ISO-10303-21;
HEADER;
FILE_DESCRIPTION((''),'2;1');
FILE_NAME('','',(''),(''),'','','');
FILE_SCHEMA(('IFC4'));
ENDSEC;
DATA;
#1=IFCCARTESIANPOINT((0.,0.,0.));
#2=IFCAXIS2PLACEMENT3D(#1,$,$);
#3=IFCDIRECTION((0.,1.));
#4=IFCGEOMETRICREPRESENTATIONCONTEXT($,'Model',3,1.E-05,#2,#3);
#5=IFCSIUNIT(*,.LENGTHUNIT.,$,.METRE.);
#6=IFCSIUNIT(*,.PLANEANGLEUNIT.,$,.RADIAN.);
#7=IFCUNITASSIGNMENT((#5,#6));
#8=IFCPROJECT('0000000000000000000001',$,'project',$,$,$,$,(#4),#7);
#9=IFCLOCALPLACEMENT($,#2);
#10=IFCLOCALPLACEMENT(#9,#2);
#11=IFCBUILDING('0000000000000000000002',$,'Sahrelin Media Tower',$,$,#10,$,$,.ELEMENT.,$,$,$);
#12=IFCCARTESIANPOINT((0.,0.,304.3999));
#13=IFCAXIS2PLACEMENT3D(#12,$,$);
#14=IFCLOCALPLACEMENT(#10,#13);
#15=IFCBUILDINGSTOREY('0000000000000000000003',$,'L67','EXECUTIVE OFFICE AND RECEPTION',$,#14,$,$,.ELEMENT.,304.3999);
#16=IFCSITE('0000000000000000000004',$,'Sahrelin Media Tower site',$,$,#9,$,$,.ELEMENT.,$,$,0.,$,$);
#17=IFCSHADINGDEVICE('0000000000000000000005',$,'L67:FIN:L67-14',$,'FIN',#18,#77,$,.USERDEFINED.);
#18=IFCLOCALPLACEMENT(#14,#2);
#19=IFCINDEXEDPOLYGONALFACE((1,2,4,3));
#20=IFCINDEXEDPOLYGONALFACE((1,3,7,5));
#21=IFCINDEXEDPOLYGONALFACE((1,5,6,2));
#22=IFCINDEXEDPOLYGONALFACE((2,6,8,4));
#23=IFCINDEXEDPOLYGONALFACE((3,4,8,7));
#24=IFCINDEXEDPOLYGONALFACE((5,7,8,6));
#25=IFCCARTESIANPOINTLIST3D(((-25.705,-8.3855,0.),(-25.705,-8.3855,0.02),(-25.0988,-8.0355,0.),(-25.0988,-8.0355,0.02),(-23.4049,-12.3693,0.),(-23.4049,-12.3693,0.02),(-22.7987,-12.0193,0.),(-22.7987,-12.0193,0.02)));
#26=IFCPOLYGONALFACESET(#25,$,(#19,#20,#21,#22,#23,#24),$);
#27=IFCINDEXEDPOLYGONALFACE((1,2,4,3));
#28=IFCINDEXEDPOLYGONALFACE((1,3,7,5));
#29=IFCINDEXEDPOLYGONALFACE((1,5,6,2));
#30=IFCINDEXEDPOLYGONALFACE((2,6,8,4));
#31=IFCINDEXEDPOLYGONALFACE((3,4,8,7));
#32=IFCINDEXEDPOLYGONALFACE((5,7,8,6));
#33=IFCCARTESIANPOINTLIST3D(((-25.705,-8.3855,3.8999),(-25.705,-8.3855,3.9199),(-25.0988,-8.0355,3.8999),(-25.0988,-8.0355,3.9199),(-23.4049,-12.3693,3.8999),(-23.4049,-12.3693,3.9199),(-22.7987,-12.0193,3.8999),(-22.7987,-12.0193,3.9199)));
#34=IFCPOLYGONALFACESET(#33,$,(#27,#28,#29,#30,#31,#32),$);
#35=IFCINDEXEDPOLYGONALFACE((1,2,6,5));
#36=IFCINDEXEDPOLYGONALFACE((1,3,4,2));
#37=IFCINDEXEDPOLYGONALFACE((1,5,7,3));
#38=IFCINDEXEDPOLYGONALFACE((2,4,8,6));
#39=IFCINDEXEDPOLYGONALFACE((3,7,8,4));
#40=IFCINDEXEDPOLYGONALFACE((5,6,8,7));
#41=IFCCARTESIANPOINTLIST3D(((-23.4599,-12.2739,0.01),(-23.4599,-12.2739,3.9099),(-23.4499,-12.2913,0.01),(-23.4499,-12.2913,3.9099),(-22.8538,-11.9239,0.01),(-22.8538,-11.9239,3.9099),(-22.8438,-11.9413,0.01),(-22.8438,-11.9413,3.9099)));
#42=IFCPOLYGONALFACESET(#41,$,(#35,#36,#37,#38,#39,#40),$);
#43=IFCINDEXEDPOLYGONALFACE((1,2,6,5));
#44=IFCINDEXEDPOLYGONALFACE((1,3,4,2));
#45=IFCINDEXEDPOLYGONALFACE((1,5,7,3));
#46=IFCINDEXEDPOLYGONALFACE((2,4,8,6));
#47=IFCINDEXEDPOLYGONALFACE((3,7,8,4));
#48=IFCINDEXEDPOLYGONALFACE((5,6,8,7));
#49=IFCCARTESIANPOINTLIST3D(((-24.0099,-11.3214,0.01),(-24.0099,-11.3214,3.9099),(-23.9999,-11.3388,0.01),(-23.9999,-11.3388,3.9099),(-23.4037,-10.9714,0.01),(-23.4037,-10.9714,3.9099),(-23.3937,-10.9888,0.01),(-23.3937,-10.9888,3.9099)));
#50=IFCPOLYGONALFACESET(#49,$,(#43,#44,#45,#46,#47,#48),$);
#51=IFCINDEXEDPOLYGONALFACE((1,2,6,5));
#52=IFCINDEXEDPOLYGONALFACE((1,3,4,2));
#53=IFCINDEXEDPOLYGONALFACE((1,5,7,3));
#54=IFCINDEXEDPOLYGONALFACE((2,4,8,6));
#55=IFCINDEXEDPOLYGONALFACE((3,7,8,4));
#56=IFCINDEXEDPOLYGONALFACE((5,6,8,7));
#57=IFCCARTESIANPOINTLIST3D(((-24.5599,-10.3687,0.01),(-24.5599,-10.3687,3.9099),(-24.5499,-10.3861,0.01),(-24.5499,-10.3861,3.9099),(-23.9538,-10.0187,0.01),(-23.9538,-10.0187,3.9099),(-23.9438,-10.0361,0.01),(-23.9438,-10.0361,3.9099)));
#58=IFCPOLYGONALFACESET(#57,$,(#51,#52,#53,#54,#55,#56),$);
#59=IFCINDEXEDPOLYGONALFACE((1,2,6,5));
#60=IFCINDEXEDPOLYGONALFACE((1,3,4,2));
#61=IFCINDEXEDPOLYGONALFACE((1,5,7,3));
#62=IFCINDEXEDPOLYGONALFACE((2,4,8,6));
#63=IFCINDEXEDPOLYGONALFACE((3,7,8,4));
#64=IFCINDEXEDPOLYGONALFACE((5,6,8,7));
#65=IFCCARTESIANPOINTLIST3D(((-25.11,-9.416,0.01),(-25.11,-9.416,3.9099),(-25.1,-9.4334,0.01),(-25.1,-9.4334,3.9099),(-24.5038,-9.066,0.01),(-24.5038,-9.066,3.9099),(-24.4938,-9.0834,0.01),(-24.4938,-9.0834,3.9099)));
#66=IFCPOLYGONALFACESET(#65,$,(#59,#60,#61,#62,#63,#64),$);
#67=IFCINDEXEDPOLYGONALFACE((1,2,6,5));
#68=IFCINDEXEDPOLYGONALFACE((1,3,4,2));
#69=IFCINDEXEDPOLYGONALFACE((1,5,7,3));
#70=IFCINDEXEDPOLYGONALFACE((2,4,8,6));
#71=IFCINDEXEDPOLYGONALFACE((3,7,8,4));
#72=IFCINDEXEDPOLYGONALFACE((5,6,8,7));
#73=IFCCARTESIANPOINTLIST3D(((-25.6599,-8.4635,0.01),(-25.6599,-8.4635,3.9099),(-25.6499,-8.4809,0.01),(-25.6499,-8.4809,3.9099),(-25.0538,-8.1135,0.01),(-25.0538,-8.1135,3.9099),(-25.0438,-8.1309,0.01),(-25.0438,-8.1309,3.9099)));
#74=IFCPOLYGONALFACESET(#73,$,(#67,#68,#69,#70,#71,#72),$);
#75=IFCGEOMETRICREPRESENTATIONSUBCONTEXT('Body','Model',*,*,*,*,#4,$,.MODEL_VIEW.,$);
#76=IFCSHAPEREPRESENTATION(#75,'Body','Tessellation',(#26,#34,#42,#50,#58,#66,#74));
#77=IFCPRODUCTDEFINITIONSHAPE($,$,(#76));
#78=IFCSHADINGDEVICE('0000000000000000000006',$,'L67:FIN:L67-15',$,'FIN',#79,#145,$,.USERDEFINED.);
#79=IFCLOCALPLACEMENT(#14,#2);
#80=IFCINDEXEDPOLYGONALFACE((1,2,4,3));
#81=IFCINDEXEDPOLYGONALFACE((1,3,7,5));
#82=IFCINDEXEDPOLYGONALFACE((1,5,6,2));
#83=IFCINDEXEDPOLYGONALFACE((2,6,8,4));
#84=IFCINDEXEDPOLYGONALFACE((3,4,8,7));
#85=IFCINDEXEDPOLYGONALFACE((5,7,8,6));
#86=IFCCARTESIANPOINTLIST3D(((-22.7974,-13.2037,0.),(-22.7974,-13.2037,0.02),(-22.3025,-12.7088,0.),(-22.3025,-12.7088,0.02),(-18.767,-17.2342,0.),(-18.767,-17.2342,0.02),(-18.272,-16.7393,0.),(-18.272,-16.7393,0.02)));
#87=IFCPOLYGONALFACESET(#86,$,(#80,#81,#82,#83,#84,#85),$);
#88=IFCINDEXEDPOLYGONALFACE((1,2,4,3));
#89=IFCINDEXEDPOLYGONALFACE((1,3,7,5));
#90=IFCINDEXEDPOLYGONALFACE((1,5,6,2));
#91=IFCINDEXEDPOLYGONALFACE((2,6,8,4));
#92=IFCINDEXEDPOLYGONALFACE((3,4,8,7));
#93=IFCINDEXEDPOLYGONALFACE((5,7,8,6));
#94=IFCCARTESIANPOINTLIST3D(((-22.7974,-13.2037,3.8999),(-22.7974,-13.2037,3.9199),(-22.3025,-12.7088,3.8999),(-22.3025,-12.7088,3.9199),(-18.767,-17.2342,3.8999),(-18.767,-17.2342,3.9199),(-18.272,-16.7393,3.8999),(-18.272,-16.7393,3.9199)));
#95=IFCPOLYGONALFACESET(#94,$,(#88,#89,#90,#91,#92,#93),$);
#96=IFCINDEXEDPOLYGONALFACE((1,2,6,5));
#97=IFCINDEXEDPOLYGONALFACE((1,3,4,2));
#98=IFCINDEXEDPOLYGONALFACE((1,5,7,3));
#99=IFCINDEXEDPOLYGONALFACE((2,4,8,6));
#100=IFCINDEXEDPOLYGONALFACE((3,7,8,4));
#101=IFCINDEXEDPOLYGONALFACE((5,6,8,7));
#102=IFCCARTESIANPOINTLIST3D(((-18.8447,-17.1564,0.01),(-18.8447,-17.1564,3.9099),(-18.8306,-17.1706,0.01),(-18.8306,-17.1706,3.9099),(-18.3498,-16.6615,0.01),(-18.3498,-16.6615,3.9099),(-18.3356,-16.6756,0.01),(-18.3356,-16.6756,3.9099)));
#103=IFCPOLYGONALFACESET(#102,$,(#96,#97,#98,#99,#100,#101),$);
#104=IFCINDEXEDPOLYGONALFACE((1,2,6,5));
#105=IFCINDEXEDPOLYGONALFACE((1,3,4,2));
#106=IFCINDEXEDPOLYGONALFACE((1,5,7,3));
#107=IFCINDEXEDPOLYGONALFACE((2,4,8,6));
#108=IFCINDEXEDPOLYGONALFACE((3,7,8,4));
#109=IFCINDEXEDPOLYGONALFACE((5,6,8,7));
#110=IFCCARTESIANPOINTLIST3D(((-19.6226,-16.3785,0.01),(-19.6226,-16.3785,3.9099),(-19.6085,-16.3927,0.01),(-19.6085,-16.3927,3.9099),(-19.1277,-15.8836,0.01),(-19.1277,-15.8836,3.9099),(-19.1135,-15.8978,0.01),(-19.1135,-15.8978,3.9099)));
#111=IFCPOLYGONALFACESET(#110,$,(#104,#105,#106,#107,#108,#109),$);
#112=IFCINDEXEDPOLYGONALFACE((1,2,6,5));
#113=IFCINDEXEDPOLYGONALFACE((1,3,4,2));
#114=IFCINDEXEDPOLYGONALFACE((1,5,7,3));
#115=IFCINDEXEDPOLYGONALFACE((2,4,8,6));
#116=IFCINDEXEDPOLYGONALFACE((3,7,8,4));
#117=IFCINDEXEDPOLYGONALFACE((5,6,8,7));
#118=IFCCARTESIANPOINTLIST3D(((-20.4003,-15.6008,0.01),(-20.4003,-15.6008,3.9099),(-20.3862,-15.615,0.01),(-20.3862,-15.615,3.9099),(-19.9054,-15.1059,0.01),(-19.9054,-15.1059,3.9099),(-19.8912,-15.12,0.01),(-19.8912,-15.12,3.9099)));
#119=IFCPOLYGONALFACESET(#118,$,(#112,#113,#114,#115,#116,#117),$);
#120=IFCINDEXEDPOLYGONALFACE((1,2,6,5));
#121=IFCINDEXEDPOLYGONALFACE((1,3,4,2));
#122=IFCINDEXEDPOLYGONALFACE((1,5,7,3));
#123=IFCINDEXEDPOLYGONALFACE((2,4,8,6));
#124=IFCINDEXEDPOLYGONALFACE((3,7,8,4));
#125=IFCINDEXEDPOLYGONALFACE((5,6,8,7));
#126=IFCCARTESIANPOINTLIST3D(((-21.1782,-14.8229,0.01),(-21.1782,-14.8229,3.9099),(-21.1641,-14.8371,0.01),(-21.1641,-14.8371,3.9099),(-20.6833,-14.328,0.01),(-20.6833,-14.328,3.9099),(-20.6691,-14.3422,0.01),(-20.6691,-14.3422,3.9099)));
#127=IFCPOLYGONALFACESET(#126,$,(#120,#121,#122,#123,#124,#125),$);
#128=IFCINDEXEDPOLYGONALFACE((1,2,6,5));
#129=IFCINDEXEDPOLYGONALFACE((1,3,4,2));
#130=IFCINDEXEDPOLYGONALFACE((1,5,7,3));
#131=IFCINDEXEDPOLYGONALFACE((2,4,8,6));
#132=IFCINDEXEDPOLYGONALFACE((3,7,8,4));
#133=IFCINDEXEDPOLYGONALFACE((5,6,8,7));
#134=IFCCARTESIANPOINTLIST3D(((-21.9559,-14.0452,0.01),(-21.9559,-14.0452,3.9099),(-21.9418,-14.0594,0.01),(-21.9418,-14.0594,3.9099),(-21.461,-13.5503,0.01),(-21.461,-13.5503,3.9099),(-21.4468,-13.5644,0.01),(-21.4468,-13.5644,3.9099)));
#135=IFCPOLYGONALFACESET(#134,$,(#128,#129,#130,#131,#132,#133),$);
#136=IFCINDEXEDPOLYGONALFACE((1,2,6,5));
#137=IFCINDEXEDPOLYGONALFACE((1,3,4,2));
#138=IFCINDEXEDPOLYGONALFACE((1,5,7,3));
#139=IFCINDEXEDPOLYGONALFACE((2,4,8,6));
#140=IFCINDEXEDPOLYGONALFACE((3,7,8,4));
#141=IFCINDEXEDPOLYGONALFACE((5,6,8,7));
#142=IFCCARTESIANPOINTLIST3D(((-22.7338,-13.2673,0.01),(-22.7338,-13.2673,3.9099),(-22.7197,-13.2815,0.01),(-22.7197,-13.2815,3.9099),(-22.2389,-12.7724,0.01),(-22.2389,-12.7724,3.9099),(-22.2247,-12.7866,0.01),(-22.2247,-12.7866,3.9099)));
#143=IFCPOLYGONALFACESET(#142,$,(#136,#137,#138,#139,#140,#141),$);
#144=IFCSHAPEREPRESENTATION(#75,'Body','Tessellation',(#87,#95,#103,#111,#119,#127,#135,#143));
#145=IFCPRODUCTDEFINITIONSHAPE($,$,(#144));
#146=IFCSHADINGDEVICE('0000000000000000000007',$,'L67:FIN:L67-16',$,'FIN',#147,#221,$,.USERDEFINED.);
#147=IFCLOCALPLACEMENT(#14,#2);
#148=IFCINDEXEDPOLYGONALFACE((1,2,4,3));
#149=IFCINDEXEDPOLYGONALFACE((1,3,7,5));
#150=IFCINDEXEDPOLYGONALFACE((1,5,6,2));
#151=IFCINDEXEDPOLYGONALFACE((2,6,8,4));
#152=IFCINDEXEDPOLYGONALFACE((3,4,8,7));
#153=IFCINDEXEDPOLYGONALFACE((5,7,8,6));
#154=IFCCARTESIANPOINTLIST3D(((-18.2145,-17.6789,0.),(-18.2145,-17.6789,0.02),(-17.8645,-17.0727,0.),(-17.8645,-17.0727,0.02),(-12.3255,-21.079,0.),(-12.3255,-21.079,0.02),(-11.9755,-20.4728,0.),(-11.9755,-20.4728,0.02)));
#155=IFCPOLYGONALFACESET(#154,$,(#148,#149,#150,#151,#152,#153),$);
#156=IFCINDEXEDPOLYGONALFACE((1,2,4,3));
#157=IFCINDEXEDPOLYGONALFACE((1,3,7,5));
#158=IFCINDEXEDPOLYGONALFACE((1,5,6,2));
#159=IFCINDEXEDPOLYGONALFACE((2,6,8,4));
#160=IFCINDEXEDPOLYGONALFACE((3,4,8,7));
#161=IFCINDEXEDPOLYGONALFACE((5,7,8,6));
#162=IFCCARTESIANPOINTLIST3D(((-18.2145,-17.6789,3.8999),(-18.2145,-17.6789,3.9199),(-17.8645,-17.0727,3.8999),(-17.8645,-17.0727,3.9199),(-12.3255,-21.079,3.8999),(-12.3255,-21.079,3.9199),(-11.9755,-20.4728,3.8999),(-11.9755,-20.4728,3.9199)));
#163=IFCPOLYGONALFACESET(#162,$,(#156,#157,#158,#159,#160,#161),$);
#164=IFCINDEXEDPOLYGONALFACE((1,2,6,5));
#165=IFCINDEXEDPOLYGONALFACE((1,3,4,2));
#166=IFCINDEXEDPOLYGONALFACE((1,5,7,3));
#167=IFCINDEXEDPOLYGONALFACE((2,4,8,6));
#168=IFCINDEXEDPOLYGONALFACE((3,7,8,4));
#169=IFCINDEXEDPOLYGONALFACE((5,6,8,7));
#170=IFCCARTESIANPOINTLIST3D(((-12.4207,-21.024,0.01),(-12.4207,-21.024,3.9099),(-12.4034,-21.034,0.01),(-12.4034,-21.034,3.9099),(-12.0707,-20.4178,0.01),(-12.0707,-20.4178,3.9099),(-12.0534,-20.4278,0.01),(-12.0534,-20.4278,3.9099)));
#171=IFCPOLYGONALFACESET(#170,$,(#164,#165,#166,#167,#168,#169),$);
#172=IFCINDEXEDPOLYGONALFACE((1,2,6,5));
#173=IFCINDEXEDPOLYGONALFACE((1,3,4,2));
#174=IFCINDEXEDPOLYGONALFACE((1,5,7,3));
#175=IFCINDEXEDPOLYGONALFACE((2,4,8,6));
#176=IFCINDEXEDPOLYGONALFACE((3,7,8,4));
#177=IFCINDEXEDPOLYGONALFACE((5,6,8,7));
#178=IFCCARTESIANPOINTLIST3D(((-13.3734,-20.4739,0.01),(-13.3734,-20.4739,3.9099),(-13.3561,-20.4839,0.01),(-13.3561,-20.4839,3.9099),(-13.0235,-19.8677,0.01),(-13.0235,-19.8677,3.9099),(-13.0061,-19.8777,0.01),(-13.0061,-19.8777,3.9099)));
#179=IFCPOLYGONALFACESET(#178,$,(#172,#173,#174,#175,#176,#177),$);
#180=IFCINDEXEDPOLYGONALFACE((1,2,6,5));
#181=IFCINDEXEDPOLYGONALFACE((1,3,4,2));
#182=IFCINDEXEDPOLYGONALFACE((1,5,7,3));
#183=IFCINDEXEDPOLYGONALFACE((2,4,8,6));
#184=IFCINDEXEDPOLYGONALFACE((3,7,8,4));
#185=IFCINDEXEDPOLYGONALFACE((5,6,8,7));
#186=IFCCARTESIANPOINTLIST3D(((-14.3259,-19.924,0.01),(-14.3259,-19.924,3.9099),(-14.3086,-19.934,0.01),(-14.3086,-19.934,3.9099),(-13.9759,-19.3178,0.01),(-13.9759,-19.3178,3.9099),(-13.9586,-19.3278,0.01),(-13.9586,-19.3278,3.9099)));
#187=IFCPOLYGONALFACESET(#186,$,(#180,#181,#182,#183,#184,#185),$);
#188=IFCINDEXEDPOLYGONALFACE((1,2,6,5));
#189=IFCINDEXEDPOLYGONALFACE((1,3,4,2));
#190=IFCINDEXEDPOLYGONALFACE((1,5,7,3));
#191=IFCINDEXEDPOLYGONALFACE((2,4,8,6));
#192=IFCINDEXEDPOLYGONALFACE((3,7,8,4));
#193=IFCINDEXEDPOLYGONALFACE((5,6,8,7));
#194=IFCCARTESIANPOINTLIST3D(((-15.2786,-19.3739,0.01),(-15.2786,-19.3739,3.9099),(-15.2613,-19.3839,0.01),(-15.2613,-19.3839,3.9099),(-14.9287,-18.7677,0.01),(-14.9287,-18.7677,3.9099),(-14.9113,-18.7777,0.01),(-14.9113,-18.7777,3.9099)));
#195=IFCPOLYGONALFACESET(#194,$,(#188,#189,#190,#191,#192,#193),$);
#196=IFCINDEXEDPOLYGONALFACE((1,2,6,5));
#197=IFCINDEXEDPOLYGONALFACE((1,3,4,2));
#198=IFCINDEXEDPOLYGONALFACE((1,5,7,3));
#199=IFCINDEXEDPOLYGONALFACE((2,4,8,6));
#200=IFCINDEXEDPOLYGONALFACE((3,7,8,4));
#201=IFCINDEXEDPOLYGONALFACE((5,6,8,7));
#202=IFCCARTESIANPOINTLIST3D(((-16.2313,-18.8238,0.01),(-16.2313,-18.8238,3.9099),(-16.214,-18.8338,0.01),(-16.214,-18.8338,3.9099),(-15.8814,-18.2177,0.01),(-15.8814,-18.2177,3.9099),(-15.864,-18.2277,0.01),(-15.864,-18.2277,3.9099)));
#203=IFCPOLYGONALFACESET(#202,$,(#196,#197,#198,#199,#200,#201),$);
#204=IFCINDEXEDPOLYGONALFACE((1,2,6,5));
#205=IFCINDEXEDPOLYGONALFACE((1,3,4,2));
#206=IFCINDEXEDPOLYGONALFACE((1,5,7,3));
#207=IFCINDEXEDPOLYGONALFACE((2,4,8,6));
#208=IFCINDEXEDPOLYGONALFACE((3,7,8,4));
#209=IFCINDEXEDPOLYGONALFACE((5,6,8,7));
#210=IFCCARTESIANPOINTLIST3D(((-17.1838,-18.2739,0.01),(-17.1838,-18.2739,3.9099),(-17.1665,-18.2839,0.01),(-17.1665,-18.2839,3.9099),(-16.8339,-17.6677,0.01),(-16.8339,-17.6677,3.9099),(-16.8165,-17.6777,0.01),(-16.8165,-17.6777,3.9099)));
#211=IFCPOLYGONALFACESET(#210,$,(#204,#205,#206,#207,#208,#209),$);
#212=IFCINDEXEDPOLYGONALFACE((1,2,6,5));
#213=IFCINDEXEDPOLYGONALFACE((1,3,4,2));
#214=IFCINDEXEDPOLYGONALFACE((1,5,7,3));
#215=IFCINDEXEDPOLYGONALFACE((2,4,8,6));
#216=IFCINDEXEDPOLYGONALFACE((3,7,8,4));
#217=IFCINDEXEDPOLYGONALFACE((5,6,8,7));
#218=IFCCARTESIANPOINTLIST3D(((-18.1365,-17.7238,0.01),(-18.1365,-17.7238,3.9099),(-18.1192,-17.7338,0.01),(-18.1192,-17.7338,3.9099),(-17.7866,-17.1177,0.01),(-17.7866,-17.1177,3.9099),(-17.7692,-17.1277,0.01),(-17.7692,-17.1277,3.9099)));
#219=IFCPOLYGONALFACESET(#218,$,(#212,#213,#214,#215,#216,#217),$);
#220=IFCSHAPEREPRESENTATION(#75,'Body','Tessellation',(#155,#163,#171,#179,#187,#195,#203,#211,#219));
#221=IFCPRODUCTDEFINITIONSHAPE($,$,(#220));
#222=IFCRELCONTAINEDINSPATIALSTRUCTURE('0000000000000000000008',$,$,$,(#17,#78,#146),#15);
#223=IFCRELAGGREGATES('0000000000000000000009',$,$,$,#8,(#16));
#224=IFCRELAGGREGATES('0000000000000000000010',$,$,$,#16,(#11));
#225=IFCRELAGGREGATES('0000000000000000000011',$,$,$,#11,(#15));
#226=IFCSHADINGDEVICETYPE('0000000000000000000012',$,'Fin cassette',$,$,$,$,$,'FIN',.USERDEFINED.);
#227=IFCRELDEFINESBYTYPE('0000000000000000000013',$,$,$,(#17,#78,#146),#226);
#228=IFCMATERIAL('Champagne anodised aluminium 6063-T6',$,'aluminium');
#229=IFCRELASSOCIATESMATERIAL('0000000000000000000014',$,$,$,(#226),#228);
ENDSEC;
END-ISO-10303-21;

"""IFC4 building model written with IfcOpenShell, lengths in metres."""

from ifc_helpers import new_model, si_unit, direction, frame, origin, origin_2d, place, context, subcontext, project, spatial, rectangle, extrude, material, type_object, element, save


model = new_model("IFC4")

# Units and contexts
model_context = context("Model", 3, precision=1e-05, world=origin(), true_north=direction((0.0, 1.0)))
body_context = subcontext(model_context, "Body", "Model", "MODEL_VIEW")
ifc_project = project(units=[si_unit("LENGTHUNIT", "METRE"), si_unit("PLANEANGLEUNIT", "RADIAN")], contexts=[model_context])

# Site, building, storey
site_placement = place(None, origin())
site = spatial("IfcSite", under=ifc_project, at=site_placement, Name="Sahrelin Media Tower site", CompositionType="ELEMENT", RefElevation=0.0)
building_placement = place(site_placement, origin())
building = spatial("IfcBuilding", under=site, at=building_placement, Name="Sahrelin Media Tower", CompositionType="ELEMENT")
storey_placement = place(building_placement, frame((0.0, 0.0, 304.3999)))
storey = spatial("IfcBuildingStorey", under=building, at=storey_placement, Name="L67", Description="EXECUTIVE OFFICE AND RECEPTION", CompositionType="ELEMENT", Elevation=304.3999)

# Shared definitions
ifc_material_1 = material(Name="Champagne anodised aluminium 6063-T6", Category="aluminium")

# Shading devices
shading_device_type_1 = type_object("IfcShadingDeviceType", Name="Fin cassette", ElementType="FIN", PredefinedType="USERDEFINED", material=ifc_material_1)
placement_1 = place(storey_placement, frame((-23.8882, -9.9924, 0.0), z_axis=(0.0, 0.0, 1.0), x_axis=(-0.500011, 0.866019, 0.0)))
element("IfcShadingDevice", 1, at=placement_1, inside=storey, type_object=shading_device_type_1, Name="L67:FIN:L67-14", ObjectType="FIN", PredefinedType="USERDEFINED", context=body_context, shape_type="SweptSolid", body=[
    extrude(rectangle(XDim=4.6001, YDim=0.7, at=origin_2d()), frame((0.0, 0.4199, 0.0)), (0.0, 0.0, 1.0), 0.02),
    extrude(rectangle(XDim=4.6001, YDim=0.7, at=origin_2d()), frame((0.0, 0.4199, 3.8999)), (0.0, 0.0, 1.0), 0.02),
    extrude(rectangle(XDim=0.02, YDim=0.7, at=origin_2d()), frame((-2.2, 0.4199, 0.01), z_axis=(0.0, 0.0, 1.0), x_axis=(1.0, 0.0, 0.0)), (0.0, 0.0, 1.0), 3.8999),
    extrude(rectangle(XDim=0.02, YDim=0.7, at=origin_2d()), frame((-1.1001, 0.4199, 0.01), z_axis=(0.0, 0.0, 1.0), x_axis=(1.0, 0.0, 0.0)), (0.0, 0.0, 1.0), 3.8999),
    extrude(rectangle(XDim=0.02, YDim=0.7, at=origin_2d()), frame((0.0, 0.4199, 0.01), z_axis=(0.0, 0.0, 1.0), x_axis=(1.0, 0.0, 0.0)), (0.0, 0.0, 1.0), 3.8999),
    extrude(rectangle(XDim=0.02, YDim=0.7, at=origin_2d()), frame((1.1001, 0.4199, 0.01), z_axis=(0.0, 0.0, 1.0), x_axis=(1.0, 0.0, 0.0)), (0.0, 0.0, 1.0), 3.8999),
    extrude(rectangle(XDim=0.02, YDim=0.7, at=origin_2d()), frame((2.2, 0.4199, 0.01), z_axis=(0.0, 0.0, 1.0), x_axis=(1.0, 0.0, 0.0)), (0.0, 0.0, 1.0), 3.8999),
])
placement_2 = place(storey_placement, frame((-20.2378, -14.6746, 0.0), z_axis=(0.0, 0.0, 1.0), x_axis=(-0.707107, 0.707107, 0.0)))
element("IfcShadingDevice", 2, at=placement_2, inside=storey, type_object=shading_device_type_1, Name="L67:FIN:L67-15", ObjectType="FIN", PredefinedType="USERDEFINED", context=body_context, shape_type="SweptSolid", body=[
    extrude(rectangle(XDim=5.7, YDim=0.7, at=origin_2d()), frame((0.0, 0.4199, 0.0)), (0.0, 0.0, 1.0), 0.02),
    extrude(rectangle(XDim=5.7, YDim=0.7, at=origin_2d()), frame((0.0, 0.4199, 3.8999)), (0.0, 0.0, 1.0), 0.02),
    extrude(rectangle(XDim=0.02, YDim=0.7, at=origin_2d()), frame((-2.75, 0.4199, 0.01), z_axis=(0.0, 0.0, 1.0), x_axis=(1.0, 0.0, 0.0)), (0.0, 0.0, 1.0), 3.8999),
    extrude(rectangle(XDim=0.02, YDim=0.7, at=origin_2d()), frame((-1.6499, 0.4199, 0.01), z_axis=(0.0, 0.0, 1.0), x_axis=(1.0, 0.0, 0.0)), (0.0, 0.0, 1.0), 3.8999),
    extrude(rectangle(XDim=0.02, YDim=0.7, at=origin_2d()), frame((-0.55, 0.4199, 0.01), z_axis=(0.0, 0.0, 1.0), x_axis=(1.0, 0.0, 0.0)), (0.0, 0.0, 1.0), 3.8999),
    extrude(rectangle(XDim=0.02, YDim=0.7, at=origin_2d()), frame((0.55, 0.4199, 0.01), z_axis=(0.0, 0.0, 1.0), x_axis=(1.0, 0.0, 0.0)), (0.0, 0.0, 1.0), 3.8999),
    extrude(rectangle(XDim=0.02, YDim=0.7, at=origin_2d()), frame((1.6499, 0.4199, 0.01), z_axis=(0.0, 0.0, 1.0), x_axis=(1.0, 0.0, 0.0)), (0.0, 0.0, 1.0), 3.8999),
    extrude(rectangle(XDim=0.02, YDim=0.7, at=origin_2d()), frame((2.75, 0.4199, 0.01), z_axis=(0.0, 0.0, 1.0), x_axis=(1.0, 0.0, 0.0)), (0.0, 0.0, 1.0), 3.8999),
])
placement_3 = place(storey_placement, frame((-14.885, -18.7122, 0.0), z_axis=(0.0, 0.0, 1.0), x_axis=(-0.866019, 0.500011, 0.0)))
element("IfcShadingDevice", 3, at=placement_3, inside=storey, type_object=shading_device_type_1, Name="L67:FIN:L67-16", ObjectType="FIN", PredefinedType="USERDEFINED", context=body_context, shape_type="SweptSolid", body=[
    extrude(rectangle(XDim=6.8, YDim=0.7, at=origin_2d()), frame((0.0, 0.4199, 0.0)), (0.0, 0.0, 1.0), 0.02),
    extrude(rectangle(XDim=6.8, YDim=0.7, at=origin_2d()), frame((0.0, 0.4199, 3.8999)), (0.0, 0.0, 1.0), 0.02),
    extrude(rectangle(XDim=0.02, YDim=0.7, at=origin_2d()), frame((-3.3, 0.4199, 0.01), z_axis=(0.0, 0.0, 1.0), x_axis=(1.0, 0.0, 0.0)), (0.0, 0.0, 1.0), 3.8999),
    extrude(rectangle(XDim=0.02, YDim=0.7, at=origin_2d()), frame((-2.2, 0.4199, 0.01), z_axis=(0.0, 0.0, 1.0), x_axis=(1.0, 0.0, 0.0)), (0.0, 0.0, 1.0), 3.8999),
    extrude(rectangle(XDim=0.02, YDim=0.7, at=origin_2d()), frame((-1.1001, 0.4199, 0.01), z_axis=(0.0, 0.0, 1.0), x_axis=(1.0, 0.0, 0.0)), (0.0, 0.0, 1.0), 3.8999),
    extrude(rectangle(XDim=0.02, YDim=0.7, at=origin_2d()), frame((0.0, 0.4199, 0.01), z_axis=(0.0, 0.0, 1.0), x_axis=(1.0, 0.0, 0.0)), (0.0, 0.0, 1.0), 3.8999),
    extrude(rectangle(XDim=0.02, YDim=0.7, at=origin_2d()), frame((1.1001, 0.4199, 0.01), z_axis=(0.0, 0.0, 1.0), x_axis=(1.0, 0.0, 0.0)), (0.0, 0.0, 1.0), 3.8999),
    extrude(rectangle(XDim=0.02, YDim=0.7, at=origin_2d()), frame((2.2, 0.4199, 0.01), z_axis=(0.0, 0.0, 1.0), x_axis=(1.0, 0.0, 0.0)), (0.0, 0.0, 1.0), 3.8999),
    extrude(rectangle(XDim=0.02, YDim=0.7, at=origin_2d()), frame((3.3, 0.4199, 0.01), z_axis=(0.0, 0.0, 1.0), x_axis=(1.0, 0.0, 0.0)), (0.0, 0.0, 1.0), 3.8999),
])

save(model, "model.ifc")
